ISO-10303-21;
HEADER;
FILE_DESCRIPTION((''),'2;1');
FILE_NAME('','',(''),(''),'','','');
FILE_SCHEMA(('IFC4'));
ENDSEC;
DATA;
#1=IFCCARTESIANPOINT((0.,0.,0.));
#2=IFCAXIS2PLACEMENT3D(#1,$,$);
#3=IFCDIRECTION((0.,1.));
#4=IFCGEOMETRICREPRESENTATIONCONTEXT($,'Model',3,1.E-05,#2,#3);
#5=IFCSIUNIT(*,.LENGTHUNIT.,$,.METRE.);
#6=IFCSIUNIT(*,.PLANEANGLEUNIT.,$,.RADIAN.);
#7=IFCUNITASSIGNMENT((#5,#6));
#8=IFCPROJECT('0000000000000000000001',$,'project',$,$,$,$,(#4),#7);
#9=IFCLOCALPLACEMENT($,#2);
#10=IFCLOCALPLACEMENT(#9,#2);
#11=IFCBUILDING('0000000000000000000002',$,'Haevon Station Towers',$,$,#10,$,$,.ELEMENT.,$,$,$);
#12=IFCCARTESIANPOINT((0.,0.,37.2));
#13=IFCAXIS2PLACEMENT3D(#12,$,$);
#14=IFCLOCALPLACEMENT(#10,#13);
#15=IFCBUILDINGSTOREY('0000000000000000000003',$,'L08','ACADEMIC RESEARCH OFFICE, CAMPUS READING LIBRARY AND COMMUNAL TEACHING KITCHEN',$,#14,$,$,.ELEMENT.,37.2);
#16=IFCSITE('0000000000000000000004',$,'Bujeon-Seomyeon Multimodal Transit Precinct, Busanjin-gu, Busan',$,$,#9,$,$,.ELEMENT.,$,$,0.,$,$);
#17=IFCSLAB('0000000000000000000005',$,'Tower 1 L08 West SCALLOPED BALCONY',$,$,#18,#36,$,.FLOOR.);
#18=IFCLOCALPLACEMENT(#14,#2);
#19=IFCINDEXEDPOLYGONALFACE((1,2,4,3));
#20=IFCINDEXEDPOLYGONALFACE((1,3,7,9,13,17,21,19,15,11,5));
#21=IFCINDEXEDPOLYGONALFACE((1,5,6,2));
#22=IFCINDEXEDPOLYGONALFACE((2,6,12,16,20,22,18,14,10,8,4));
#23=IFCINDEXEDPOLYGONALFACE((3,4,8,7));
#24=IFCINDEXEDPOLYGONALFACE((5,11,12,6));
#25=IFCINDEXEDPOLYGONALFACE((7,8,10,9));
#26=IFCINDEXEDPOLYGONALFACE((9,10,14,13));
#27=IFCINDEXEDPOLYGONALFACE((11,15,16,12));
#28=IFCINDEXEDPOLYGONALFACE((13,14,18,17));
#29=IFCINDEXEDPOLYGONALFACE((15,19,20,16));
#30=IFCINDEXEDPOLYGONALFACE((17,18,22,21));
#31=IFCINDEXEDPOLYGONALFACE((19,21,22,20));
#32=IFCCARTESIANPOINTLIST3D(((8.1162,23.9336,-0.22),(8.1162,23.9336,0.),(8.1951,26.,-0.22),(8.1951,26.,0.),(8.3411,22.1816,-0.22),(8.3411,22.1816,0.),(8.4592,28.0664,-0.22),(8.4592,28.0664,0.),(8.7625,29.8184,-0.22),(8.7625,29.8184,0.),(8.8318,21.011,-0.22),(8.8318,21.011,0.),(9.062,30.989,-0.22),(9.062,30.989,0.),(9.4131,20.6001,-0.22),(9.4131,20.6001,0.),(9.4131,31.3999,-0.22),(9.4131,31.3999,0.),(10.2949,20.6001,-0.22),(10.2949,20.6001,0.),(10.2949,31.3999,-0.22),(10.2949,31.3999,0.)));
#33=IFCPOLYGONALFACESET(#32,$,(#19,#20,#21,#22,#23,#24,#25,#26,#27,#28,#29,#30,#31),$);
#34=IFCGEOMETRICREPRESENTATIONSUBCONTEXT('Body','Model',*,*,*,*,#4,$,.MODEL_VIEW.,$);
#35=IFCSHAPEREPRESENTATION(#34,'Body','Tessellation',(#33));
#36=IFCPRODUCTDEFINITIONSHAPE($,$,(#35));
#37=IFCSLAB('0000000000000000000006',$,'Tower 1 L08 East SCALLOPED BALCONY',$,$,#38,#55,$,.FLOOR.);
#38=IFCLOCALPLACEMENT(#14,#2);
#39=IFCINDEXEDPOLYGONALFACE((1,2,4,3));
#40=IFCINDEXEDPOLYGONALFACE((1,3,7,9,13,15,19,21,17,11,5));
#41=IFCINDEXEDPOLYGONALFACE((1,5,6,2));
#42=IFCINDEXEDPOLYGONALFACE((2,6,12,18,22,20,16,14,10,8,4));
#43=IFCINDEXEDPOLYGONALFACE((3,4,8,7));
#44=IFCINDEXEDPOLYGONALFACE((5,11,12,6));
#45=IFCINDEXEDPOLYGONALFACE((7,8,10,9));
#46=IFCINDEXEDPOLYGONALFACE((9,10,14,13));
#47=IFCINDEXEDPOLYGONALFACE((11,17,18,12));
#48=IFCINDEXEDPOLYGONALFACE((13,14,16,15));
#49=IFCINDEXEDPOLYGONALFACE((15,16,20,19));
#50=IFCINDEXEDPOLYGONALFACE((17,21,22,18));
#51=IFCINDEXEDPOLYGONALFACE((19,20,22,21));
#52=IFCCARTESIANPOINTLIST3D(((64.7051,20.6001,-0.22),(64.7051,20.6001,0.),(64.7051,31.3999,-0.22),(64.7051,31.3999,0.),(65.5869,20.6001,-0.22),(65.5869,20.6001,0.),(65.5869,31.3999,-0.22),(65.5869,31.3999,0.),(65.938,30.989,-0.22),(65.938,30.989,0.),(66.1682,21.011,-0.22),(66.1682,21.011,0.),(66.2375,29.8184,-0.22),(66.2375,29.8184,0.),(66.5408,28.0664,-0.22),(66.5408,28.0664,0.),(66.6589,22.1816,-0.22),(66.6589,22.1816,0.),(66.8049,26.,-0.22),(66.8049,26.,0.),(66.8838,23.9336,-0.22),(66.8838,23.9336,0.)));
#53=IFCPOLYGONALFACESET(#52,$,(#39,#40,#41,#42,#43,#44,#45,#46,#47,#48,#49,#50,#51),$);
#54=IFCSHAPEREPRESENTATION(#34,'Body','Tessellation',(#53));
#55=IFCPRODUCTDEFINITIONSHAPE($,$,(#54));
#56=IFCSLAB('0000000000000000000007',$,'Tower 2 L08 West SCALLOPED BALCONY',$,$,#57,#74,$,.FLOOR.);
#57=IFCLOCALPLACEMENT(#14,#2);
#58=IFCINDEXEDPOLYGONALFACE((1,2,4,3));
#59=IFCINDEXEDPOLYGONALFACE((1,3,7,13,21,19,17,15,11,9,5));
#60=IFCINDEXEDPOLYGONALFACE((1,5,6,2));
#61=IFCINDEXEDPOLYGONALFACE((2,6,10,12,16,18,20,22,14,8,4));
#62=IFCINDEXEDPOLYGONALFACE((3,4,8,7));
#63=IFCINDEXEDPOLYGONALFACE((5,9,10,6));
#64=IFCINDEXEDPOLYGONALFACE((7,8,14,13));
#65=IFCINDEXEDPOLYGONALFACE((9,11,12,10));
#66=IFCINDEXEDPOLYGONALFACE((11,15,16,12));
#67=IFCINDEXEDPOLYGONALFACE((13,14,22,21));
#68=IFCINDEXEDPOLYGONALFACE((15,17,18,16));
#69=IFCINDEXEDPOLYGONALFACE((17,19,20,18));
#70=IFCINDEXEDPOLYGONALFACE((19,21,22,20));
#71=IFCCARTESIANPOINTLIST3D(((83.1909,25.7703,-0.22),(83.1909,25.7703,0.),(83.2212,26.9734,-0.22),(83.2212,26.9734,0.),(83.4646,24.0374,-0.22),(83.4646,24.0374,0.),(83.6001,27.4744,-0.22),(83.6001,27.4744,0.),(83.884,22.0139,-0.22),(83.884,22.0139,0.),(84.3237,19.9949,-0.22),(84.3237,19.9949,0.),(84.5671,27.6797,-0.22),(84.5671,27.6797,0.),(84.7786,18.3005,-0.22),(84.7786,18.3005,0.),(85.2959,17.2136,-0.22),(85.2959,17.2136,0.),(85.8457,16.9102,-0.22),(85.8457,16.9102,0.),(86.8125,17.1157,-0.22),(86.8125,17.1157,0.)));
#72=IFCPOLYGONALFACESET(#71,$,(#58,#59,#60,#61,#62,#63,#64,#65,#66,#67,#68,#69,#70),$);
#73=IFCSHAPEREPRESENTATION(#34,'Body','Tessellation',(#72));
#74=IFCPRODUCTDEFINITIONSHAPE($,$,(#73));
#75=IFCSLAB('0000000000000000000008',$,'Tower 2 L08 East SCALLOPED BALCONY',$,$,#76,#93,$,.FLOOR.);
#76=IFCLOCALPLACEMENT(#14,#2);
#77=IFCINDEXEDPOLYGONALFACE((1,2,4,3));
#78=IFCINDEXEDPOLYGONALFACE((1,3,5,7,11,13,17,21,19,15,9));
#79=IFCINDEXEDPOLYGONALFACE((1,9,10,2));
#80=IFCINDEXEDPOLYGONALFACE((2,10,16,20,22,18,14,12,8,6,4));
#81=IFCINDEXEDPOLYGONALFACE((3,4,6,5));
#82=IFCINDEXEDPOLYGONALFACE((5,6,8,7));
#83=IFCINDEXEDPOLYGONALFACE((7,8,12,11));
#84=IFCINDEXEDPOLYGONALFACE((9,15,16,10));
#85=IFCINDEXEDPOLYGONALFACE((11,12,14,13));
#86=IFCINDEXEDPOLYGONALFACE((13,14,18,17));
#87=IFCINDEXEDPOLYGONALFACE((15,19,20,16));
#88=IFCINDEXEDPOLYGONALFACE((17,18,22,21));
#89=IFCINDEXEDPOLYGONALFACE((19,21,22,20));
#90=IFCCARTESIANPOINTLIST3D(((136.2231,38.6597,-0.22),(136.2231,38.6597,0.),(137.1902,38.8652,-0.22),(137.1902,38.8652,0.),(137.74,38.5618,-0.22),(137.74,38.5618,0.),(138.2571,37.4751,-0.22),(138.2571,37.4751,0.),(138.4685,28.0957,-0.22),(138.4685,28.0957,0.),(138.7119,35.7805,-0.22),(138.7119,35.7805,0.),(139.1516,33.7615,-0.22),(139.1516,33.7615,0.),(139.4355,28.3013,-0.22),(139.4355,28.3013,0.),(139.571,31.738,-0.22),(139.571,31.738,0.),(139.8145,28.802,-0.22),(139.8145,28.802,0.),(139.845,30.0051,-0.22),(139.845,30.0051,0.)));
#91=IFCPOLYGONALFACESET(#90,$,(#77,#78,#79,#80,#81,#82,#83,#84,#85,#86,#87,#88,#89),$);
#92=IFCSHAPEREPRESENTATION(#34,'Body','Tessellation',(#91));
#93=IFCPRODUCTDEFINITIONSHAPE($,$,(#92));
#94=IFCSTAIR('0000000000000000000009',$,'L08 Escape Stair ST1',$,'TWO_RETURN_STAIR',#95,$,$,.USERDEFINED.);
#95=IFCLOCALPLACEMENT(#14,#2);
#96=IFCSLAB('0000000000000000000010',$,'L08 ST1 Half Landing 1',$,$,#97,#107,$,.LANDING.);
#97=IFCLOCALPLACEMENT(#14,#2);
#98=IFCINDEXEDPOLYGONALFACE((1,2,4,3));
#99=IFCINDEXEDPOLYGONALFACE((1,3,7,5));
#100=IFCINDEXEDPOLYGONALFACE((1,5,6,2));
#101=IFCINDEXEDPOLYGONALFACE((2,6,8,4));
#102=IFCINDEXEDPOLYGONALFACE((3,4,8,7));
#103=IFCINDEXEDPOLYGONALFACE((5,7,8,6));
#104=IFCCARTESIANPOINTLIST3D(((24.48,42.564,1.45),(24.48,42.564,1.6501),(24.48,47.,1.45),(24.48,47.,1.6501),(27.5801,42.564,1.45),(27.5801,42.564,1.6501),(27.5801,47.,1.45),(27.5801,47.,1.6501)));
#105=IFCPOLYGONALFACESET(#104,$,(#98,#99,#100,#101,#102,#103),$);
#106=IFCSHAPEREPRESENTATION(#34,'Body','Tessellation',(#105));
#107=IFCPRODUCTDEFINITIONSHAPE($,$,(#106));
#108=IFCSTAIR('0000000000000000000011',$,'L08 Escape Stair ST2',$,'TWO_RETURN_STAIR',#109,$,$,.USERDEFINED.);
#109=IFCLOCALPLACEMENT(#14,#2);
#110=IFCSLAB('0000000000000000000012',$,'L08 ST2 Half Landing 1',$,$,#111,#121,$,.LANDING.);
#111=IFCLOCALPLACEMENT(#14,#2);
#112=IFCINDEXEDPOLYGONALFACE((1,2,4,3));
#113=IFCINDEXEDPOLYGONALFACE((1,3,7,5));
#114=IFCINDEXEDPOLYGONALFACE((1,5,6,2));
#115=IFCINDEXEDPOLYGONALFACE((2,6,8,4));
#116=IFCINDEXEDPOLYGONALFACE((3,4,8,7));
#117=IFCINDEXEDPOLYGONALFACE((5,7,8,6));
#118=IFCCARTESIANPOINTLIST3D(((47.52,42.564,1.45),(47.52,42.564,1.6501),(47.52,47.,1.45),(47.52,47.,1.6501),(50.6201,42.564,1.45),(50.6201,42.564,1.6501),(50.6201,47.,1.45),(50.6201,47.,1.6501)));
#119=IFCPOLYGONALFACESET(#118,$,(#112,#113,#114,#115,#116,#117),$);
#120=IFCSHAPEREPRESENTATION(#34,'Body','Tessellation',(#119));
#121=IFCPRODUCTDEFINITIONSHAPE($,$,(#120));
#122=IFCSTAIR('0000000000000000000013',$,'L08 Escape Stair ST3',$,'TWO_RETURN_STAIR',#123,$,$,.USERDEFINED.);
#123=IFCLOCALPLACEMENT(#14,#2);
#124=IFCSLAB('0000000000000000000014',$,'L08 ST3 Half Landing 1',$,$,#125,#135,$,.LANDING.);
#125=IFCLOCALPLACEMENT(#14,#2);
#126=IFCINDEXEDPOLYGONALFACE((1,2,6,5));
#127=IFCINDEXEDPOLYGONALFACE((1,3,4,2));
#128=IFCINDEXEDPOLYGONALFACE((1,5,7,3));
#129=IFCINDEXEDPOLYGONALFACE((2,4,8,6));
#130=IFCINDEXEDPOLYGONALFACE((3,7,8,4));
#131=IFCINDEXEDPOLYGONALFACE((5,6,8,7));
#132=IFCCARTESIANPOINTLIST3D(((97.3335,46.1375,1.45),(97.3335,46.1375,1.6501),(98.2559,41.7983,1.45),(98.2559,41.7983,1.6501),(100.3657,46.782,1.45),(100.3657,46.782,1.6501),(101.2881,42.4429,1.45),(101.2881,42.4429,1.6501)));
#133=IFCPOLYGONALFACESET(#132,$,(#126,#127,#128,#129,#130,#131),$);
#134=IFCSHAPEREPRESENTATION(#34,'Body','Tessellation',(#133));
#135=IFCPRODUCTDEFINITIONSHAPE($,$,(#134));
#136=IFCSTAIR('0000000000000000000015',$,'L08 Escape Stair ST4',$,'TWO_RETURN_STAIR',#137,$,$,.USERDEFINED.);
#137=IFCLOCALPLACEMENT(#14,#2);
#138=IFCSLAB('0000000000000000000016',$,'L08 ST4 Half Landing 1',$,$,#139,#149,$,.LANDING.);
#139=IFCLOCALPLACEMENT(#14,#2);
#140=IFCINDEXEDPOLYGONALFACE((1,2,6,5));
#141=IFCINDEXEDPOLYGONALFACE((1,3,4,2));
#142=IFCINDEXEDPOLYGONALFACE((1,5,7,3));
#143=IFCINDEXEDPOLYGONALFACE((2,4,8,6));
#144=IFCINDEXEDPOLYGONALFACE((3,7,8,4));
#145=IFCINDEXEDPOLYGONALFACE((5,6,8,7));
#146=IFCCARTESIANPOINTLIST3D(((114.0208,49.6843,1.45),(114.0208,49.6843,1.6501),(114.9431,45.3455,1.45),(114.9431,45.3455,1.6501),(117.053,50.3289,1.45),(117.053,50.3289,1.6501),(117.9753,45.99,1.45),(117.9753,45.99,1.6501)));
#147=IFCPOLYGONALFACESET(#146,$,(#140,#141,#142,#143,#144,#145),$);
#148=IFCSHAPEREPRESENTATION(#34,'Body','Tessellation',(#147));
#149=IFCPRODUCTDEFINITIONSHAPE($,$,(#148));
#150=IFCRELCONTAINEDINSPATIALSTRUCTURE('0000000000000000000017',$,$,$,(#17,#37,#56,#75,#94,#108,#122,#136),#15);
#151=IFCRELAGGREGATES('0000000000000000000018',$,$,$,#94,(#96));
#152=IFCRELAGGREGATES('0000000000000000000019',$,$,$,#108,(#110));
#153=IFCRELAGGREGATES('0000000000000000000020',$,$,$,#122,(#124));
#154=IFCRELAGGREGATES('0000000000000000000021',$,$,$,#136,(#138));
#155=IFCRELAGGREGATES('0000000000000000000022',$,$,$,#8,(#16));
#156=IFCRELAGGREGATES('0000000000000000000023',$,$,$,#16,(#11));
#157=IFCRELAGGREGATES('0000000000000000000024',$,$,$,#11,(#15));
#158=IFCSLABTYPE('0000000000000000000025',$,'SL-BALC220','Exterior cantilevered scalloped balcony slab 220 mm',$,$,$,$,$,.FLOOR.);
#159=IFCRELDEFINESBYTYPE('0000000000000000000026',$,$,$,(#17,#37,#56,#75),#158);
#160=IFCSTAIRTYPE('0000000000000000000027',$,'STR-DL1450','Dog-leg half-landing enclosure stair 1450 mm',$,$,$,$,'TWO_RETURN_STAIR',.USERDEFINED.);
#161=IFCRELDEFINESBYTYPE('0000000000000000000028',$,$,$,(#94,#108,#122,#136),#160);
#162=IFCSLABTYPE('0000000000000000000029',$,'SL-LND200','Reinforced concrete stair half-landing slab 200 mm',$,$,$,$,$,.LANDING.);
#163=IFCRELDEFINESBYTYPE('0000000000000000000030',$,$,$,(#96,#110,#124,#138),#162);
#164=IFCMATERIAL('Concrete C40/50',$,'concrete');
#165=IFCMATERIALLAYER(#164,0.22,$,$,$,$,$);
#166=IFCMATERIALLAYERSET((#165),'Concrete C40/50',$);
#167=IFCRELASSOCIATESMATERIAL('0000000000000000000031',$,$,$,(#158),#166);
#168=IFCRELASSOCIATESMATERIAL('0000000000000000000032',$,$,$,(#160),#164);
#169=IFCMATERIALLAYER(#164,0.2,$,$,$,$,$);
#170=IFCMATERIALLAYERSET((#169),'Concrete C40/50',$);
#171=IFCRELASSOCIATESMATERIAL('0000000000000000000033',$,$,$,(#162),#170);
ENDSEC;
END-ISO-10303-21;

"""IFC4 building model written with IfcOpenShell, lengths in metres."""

from ifc_helpers import new_model, si_unit, direction, frame, origin, place, context, subcontext, project, spatial, polyline, outline, extrude, material, layer, layer_set, type_object, element, aggregate, save


model = new_model("IFC4")

# Units and contexts
model_context = context("Model", 3, precision=1e-05, world=origin(), true_north=direction((0.0, 1.0)))
body_context = subcontext(model_context, "Body", "Model", "MODEL_VIEW")
ifc_project = project(units=[si_unit("LENGTHUNIT", "METRE"), si_unit("PLANEANGLEUNIT", "RADIAN")], contexts=[model_context])

# Site, building, storey
site_placement = place(None, origin())
site = spatial("IfcSite", under=ifc_project, at=site_placement, Name="Bujeon-Seomyeon Multimodal Transit Precinct, Busanjin-gu, Busan", CompositionType="ELEMENT", RefElevation=0.0)
building_placement = place(site_placement, origin())
building = spatial("IfcBuilding", under=site, at=building_placement, Name="Haevon Station Towers", CompositionType="ELEMENT")
storey_placement = place(building_placement, frame((0.0, 0.0, 37.2)))
storey = spatial("IfcBuildingStorey", under=building, at=storey_placement, Name="L08", Description="ACADEMIC RESEARCH OFFICE, CAMPUS READING LIBRARY AND COMMUNAL TEACHING KITCHEN", CompositionType="ELEMENT", Elevation=37.2)

# Slabs
ifc_material_1 = material(Name="Concrete C40/50", Category="concrete")
ifc_layer_1 = layer(ifc_material_1, 0.22)
ifc_layer_set_1 = layer_set([ifc_layer_1], Name="Concrete C40/50")
slab_type_1 = type_object("IfcSlabType", Name="SL-BALC220", Description="Exterior cantilevered scalloped balcony slab 220 mm", PredefinedType="FLOOR", material=ifc_layer_set_1)
slab_1_placement = place(storey_placement, frame((0.0, 0.0, -0.22)))
element("IfcSlab", 1, at=slab_1_placement, inside=storey, type_object=slab_type_1, Name="Tower 1 L08 West SCALLOPED BALCONY", PredefinedType="FLOOR", context=body_context, shape_type="SweptSolid", body=[
    extrude(outline(polyline([(10.2949, 31.3999), (9.4131, 31.3999), (9.062, 30.989), (8.7625, 29.8184), (8.4592, 28.0664), (8.1951, 26.0), (8.1162, 23.9336), (8.3411, 22.1816), (8.8318, 21.011), (9.4131, 20.6001), (10.2949, 20.6001), (10.2949, 31.3999)])), origin(), (0.0, 0.0, 1.0), 0.22),
])
slab_2_placement = place(storey_placement, frame((0.0, 0.0, -0.22)))
element("IfcSlab", 2, at=slab_2_placement, inside=storey, type_object=slab_type_1, Name="Tower 1 L08 East SCALLOPED BALCONY", PredefinedType="FLOOR", context=body_context, shape_type="SweptSolid", body=[
    extrude(outline(polyline([(64.7051, 20.6001), (65.5869, 20.6001), (66.1682, 21.011), (66.6589, 22.1816), (66.8838, 23.9336), (66.8049, 26.0), (66.5408, 28.0664), (66.2375, 29.8184), (65.938, 30.989), (65.5869, 31.3999), (64.7051, 31.3999), (64.7051, 20.6001)])), origin(), (0.0, 0.0, 1.0), 0.22),
])
slab_3_placement = place(storey_placement, frame((0.0, 0.0, -0.22)))
element("IfcSlab", 3, at=slab_3_placement, inside=storey, type_object=slab_type_1, Name="Tower 2 L08 West SCALLOPED BALCONY", PredefinedType="FLOOR", context=body_context, shape_type="SweptSolid", body=[
    extrude(outline(polyline([(84.5671, 27.6797), (83.6001, 27.4744), (83.2212, 26.9734), (83.1909, 25.7703), (83.4646, 24.0374), (83.884, 22.0139), (84.3237, 19.9949), (84.7786, 18.3005), (85.2959, 17.2136), (85.8457, 16.9102), (86.8125, 17.1157), (84.5671, 27.6797)])), origin(), (0.0, 0.0, 1.0), 0.22),
])
slab_4_placement = place(storey_placement, frame((0.0, 0.0, -0.22)))
element("IfcSlab", 4, at=slab_4_placement, inside=storey, type_object=slab_type_1, Name="Tower 2 L08 East SCALLOPED BALCONY", PredefinedType="FLOOR", context=body_context, shape_type="SweptSolid", body=[
    extrude(outline(polyline([(138.4685, 28.0957), (139.4355, 28.3013), (139.8145, 28.802), (139.845, 30.0051), (139.571, 31.738), (139.1516, 33.7615), (138.7119, 35.7805), (138.2571, 37.4751), (137.74, 38.5618), (137.1902, 38.8652), (136.2231, 38.6597), (138.4685, 28.0957)])), origin(), (0.0, 0.0, 1.0), 0.22),
])

# Stairs, slabs
stair_type = type_object("IfcStairType", Name="STR-DL1450", Description="Dog-leg half-landing enclosure stair 1450 mm", ElementType="TWO_RETURN_STAIR", PredefinedType="USERDEFINED", material=ifc_material_1)
stair_1_placement = place(storey_placement, origin())
stair_1 = element("IfcStair", 5, at=stair_1_placement, inside=storey, type_object=stair_type, Name="L08 Escape Stair ST1", ObjectType="TWO_RETURN_STAIR", PredefinedType="USERDEFINED")
ifc_layer_2 = layer(ifc_material_1, 0.2)
ifc_layer_set_2 = layer_set([ifc_layer_2], Name="Concrete C40/50")
slab_type_2 = type_object("IfcSlabType", Name="SL-LND200", Description="Reinforced concrete stair half-landing slab 200 mm", PredefinedType="LANDING", material=ifc_layer_set_2)
slab_5_placement = place(storey_placement, frame((0.0, 0.0, 1.45)))
slab_5 = element("IfcSlab", 6, at=slab_5_placement, type_object=slab_type_2, Name="L08 ST1 Half Landing 1", PredefinedType="LANDING", context=body_context, shape_type="SweptSolid", body=[
    extrude(outline(polyline([(27.5801, 42.564), (27.5801, 47.0), (24.48, 47.0), (24.48, 42.564), (27.5801, 42.564)])), origin(), (0.0, 0.0, 1.0), 0.2002),
])
aggregate(stair_1, [slab_5])
stair_2_placement = place(storey_placement, origin())
stair_2 = element("IfcStair", 7, at=stair_2_placement, inside=storey, type_object=stair_type, Name="L08 Escape Stair ST2", ObjectType="TWO_RETURN_STAIR", PredefinedType="USERDEFINED")
slab_6_placement = place(storey_placement, frame((0.0, 0.0, 1.45)))
slab_6 = element("IfcSlab", 8, at=slab_6_placement, type_object=slab_type_2, Name="L08 ST2 Half Landing 1", PredefinedType="LANDING", context=body_context, shape_type="SweptSolid", body=[
    extrude(outline(polyline([(50.6201, 42.564), (50.6201, 47.0), (47.52, 47.0), (47.52, 42.564), (50.6201, 42.564)])), origin(), (0.0, 0.0, 1.0), 0.2002),
])
aggregate(stair_2, [slab_6])
stair_3_placement = place(storey_placement, origin())
stair_3 = element("IfcStair", 9, at=stair_3_placement, inside=storey, type_object=stair_type, Name="L08 Escape Stair ST3", ObjectType="TWO_RETURN_STAIR", PredefinedType="USERDEFINED")
slab_7_placement = place(storey_placement, frame((0.0, 0.0, 1.45)))
slab_7 = element("IfcSlab", 10, at=slab_7_placement, type_object=slab_type_2, Name="L08 ST3 Half Landing 1", PredefinedType="LANDING", context=body_context, shape_type="SweptSolid", body=[
    extrude(outline(polyline([(101.2881, 42.4429), (100.3657, 46.782), (97.3335, 46.1375), (98.2559, 41.7983), (101.2881, 42.4429)])), origin(), (0.0, 0.0, 1.0), 0.2002),
])
aggregate(stair_3, [slab_7])
stair_4_placement = place(storey_placement, origin())
stair_4 = element("IfcStair", 11, at=stair_4_placement, inside=storey, type_object=stair_type, Name="L08 Escape Stair ST4", ObjectType="TWO_RETURN_STAIR", PredefinedType="USERDEFINED")
slab_8_placement = place(storey_placement, frame((0.0, 0.0, 1.45)))
slab_8 = element("IfcSlab", 12, at=slab_8_placement, type_object=slab_type_2, Name="L08 ST4 Half Landing 1", PredefinedType="LANDING", context=body_context, shape_type="SweptSolid", body=[
    extrude(outline(polyline([(117.9753, 45.99), (117.053, 50.3289), (114.0208, 49.6843), (114.9431, 45.3455), (117.9753, 45.99)])), origin(), (0.0, 0.0, 1.0), 0.2002),
])
aggregate(stair_4, [slab_8])

save(model, "model.ifc")
